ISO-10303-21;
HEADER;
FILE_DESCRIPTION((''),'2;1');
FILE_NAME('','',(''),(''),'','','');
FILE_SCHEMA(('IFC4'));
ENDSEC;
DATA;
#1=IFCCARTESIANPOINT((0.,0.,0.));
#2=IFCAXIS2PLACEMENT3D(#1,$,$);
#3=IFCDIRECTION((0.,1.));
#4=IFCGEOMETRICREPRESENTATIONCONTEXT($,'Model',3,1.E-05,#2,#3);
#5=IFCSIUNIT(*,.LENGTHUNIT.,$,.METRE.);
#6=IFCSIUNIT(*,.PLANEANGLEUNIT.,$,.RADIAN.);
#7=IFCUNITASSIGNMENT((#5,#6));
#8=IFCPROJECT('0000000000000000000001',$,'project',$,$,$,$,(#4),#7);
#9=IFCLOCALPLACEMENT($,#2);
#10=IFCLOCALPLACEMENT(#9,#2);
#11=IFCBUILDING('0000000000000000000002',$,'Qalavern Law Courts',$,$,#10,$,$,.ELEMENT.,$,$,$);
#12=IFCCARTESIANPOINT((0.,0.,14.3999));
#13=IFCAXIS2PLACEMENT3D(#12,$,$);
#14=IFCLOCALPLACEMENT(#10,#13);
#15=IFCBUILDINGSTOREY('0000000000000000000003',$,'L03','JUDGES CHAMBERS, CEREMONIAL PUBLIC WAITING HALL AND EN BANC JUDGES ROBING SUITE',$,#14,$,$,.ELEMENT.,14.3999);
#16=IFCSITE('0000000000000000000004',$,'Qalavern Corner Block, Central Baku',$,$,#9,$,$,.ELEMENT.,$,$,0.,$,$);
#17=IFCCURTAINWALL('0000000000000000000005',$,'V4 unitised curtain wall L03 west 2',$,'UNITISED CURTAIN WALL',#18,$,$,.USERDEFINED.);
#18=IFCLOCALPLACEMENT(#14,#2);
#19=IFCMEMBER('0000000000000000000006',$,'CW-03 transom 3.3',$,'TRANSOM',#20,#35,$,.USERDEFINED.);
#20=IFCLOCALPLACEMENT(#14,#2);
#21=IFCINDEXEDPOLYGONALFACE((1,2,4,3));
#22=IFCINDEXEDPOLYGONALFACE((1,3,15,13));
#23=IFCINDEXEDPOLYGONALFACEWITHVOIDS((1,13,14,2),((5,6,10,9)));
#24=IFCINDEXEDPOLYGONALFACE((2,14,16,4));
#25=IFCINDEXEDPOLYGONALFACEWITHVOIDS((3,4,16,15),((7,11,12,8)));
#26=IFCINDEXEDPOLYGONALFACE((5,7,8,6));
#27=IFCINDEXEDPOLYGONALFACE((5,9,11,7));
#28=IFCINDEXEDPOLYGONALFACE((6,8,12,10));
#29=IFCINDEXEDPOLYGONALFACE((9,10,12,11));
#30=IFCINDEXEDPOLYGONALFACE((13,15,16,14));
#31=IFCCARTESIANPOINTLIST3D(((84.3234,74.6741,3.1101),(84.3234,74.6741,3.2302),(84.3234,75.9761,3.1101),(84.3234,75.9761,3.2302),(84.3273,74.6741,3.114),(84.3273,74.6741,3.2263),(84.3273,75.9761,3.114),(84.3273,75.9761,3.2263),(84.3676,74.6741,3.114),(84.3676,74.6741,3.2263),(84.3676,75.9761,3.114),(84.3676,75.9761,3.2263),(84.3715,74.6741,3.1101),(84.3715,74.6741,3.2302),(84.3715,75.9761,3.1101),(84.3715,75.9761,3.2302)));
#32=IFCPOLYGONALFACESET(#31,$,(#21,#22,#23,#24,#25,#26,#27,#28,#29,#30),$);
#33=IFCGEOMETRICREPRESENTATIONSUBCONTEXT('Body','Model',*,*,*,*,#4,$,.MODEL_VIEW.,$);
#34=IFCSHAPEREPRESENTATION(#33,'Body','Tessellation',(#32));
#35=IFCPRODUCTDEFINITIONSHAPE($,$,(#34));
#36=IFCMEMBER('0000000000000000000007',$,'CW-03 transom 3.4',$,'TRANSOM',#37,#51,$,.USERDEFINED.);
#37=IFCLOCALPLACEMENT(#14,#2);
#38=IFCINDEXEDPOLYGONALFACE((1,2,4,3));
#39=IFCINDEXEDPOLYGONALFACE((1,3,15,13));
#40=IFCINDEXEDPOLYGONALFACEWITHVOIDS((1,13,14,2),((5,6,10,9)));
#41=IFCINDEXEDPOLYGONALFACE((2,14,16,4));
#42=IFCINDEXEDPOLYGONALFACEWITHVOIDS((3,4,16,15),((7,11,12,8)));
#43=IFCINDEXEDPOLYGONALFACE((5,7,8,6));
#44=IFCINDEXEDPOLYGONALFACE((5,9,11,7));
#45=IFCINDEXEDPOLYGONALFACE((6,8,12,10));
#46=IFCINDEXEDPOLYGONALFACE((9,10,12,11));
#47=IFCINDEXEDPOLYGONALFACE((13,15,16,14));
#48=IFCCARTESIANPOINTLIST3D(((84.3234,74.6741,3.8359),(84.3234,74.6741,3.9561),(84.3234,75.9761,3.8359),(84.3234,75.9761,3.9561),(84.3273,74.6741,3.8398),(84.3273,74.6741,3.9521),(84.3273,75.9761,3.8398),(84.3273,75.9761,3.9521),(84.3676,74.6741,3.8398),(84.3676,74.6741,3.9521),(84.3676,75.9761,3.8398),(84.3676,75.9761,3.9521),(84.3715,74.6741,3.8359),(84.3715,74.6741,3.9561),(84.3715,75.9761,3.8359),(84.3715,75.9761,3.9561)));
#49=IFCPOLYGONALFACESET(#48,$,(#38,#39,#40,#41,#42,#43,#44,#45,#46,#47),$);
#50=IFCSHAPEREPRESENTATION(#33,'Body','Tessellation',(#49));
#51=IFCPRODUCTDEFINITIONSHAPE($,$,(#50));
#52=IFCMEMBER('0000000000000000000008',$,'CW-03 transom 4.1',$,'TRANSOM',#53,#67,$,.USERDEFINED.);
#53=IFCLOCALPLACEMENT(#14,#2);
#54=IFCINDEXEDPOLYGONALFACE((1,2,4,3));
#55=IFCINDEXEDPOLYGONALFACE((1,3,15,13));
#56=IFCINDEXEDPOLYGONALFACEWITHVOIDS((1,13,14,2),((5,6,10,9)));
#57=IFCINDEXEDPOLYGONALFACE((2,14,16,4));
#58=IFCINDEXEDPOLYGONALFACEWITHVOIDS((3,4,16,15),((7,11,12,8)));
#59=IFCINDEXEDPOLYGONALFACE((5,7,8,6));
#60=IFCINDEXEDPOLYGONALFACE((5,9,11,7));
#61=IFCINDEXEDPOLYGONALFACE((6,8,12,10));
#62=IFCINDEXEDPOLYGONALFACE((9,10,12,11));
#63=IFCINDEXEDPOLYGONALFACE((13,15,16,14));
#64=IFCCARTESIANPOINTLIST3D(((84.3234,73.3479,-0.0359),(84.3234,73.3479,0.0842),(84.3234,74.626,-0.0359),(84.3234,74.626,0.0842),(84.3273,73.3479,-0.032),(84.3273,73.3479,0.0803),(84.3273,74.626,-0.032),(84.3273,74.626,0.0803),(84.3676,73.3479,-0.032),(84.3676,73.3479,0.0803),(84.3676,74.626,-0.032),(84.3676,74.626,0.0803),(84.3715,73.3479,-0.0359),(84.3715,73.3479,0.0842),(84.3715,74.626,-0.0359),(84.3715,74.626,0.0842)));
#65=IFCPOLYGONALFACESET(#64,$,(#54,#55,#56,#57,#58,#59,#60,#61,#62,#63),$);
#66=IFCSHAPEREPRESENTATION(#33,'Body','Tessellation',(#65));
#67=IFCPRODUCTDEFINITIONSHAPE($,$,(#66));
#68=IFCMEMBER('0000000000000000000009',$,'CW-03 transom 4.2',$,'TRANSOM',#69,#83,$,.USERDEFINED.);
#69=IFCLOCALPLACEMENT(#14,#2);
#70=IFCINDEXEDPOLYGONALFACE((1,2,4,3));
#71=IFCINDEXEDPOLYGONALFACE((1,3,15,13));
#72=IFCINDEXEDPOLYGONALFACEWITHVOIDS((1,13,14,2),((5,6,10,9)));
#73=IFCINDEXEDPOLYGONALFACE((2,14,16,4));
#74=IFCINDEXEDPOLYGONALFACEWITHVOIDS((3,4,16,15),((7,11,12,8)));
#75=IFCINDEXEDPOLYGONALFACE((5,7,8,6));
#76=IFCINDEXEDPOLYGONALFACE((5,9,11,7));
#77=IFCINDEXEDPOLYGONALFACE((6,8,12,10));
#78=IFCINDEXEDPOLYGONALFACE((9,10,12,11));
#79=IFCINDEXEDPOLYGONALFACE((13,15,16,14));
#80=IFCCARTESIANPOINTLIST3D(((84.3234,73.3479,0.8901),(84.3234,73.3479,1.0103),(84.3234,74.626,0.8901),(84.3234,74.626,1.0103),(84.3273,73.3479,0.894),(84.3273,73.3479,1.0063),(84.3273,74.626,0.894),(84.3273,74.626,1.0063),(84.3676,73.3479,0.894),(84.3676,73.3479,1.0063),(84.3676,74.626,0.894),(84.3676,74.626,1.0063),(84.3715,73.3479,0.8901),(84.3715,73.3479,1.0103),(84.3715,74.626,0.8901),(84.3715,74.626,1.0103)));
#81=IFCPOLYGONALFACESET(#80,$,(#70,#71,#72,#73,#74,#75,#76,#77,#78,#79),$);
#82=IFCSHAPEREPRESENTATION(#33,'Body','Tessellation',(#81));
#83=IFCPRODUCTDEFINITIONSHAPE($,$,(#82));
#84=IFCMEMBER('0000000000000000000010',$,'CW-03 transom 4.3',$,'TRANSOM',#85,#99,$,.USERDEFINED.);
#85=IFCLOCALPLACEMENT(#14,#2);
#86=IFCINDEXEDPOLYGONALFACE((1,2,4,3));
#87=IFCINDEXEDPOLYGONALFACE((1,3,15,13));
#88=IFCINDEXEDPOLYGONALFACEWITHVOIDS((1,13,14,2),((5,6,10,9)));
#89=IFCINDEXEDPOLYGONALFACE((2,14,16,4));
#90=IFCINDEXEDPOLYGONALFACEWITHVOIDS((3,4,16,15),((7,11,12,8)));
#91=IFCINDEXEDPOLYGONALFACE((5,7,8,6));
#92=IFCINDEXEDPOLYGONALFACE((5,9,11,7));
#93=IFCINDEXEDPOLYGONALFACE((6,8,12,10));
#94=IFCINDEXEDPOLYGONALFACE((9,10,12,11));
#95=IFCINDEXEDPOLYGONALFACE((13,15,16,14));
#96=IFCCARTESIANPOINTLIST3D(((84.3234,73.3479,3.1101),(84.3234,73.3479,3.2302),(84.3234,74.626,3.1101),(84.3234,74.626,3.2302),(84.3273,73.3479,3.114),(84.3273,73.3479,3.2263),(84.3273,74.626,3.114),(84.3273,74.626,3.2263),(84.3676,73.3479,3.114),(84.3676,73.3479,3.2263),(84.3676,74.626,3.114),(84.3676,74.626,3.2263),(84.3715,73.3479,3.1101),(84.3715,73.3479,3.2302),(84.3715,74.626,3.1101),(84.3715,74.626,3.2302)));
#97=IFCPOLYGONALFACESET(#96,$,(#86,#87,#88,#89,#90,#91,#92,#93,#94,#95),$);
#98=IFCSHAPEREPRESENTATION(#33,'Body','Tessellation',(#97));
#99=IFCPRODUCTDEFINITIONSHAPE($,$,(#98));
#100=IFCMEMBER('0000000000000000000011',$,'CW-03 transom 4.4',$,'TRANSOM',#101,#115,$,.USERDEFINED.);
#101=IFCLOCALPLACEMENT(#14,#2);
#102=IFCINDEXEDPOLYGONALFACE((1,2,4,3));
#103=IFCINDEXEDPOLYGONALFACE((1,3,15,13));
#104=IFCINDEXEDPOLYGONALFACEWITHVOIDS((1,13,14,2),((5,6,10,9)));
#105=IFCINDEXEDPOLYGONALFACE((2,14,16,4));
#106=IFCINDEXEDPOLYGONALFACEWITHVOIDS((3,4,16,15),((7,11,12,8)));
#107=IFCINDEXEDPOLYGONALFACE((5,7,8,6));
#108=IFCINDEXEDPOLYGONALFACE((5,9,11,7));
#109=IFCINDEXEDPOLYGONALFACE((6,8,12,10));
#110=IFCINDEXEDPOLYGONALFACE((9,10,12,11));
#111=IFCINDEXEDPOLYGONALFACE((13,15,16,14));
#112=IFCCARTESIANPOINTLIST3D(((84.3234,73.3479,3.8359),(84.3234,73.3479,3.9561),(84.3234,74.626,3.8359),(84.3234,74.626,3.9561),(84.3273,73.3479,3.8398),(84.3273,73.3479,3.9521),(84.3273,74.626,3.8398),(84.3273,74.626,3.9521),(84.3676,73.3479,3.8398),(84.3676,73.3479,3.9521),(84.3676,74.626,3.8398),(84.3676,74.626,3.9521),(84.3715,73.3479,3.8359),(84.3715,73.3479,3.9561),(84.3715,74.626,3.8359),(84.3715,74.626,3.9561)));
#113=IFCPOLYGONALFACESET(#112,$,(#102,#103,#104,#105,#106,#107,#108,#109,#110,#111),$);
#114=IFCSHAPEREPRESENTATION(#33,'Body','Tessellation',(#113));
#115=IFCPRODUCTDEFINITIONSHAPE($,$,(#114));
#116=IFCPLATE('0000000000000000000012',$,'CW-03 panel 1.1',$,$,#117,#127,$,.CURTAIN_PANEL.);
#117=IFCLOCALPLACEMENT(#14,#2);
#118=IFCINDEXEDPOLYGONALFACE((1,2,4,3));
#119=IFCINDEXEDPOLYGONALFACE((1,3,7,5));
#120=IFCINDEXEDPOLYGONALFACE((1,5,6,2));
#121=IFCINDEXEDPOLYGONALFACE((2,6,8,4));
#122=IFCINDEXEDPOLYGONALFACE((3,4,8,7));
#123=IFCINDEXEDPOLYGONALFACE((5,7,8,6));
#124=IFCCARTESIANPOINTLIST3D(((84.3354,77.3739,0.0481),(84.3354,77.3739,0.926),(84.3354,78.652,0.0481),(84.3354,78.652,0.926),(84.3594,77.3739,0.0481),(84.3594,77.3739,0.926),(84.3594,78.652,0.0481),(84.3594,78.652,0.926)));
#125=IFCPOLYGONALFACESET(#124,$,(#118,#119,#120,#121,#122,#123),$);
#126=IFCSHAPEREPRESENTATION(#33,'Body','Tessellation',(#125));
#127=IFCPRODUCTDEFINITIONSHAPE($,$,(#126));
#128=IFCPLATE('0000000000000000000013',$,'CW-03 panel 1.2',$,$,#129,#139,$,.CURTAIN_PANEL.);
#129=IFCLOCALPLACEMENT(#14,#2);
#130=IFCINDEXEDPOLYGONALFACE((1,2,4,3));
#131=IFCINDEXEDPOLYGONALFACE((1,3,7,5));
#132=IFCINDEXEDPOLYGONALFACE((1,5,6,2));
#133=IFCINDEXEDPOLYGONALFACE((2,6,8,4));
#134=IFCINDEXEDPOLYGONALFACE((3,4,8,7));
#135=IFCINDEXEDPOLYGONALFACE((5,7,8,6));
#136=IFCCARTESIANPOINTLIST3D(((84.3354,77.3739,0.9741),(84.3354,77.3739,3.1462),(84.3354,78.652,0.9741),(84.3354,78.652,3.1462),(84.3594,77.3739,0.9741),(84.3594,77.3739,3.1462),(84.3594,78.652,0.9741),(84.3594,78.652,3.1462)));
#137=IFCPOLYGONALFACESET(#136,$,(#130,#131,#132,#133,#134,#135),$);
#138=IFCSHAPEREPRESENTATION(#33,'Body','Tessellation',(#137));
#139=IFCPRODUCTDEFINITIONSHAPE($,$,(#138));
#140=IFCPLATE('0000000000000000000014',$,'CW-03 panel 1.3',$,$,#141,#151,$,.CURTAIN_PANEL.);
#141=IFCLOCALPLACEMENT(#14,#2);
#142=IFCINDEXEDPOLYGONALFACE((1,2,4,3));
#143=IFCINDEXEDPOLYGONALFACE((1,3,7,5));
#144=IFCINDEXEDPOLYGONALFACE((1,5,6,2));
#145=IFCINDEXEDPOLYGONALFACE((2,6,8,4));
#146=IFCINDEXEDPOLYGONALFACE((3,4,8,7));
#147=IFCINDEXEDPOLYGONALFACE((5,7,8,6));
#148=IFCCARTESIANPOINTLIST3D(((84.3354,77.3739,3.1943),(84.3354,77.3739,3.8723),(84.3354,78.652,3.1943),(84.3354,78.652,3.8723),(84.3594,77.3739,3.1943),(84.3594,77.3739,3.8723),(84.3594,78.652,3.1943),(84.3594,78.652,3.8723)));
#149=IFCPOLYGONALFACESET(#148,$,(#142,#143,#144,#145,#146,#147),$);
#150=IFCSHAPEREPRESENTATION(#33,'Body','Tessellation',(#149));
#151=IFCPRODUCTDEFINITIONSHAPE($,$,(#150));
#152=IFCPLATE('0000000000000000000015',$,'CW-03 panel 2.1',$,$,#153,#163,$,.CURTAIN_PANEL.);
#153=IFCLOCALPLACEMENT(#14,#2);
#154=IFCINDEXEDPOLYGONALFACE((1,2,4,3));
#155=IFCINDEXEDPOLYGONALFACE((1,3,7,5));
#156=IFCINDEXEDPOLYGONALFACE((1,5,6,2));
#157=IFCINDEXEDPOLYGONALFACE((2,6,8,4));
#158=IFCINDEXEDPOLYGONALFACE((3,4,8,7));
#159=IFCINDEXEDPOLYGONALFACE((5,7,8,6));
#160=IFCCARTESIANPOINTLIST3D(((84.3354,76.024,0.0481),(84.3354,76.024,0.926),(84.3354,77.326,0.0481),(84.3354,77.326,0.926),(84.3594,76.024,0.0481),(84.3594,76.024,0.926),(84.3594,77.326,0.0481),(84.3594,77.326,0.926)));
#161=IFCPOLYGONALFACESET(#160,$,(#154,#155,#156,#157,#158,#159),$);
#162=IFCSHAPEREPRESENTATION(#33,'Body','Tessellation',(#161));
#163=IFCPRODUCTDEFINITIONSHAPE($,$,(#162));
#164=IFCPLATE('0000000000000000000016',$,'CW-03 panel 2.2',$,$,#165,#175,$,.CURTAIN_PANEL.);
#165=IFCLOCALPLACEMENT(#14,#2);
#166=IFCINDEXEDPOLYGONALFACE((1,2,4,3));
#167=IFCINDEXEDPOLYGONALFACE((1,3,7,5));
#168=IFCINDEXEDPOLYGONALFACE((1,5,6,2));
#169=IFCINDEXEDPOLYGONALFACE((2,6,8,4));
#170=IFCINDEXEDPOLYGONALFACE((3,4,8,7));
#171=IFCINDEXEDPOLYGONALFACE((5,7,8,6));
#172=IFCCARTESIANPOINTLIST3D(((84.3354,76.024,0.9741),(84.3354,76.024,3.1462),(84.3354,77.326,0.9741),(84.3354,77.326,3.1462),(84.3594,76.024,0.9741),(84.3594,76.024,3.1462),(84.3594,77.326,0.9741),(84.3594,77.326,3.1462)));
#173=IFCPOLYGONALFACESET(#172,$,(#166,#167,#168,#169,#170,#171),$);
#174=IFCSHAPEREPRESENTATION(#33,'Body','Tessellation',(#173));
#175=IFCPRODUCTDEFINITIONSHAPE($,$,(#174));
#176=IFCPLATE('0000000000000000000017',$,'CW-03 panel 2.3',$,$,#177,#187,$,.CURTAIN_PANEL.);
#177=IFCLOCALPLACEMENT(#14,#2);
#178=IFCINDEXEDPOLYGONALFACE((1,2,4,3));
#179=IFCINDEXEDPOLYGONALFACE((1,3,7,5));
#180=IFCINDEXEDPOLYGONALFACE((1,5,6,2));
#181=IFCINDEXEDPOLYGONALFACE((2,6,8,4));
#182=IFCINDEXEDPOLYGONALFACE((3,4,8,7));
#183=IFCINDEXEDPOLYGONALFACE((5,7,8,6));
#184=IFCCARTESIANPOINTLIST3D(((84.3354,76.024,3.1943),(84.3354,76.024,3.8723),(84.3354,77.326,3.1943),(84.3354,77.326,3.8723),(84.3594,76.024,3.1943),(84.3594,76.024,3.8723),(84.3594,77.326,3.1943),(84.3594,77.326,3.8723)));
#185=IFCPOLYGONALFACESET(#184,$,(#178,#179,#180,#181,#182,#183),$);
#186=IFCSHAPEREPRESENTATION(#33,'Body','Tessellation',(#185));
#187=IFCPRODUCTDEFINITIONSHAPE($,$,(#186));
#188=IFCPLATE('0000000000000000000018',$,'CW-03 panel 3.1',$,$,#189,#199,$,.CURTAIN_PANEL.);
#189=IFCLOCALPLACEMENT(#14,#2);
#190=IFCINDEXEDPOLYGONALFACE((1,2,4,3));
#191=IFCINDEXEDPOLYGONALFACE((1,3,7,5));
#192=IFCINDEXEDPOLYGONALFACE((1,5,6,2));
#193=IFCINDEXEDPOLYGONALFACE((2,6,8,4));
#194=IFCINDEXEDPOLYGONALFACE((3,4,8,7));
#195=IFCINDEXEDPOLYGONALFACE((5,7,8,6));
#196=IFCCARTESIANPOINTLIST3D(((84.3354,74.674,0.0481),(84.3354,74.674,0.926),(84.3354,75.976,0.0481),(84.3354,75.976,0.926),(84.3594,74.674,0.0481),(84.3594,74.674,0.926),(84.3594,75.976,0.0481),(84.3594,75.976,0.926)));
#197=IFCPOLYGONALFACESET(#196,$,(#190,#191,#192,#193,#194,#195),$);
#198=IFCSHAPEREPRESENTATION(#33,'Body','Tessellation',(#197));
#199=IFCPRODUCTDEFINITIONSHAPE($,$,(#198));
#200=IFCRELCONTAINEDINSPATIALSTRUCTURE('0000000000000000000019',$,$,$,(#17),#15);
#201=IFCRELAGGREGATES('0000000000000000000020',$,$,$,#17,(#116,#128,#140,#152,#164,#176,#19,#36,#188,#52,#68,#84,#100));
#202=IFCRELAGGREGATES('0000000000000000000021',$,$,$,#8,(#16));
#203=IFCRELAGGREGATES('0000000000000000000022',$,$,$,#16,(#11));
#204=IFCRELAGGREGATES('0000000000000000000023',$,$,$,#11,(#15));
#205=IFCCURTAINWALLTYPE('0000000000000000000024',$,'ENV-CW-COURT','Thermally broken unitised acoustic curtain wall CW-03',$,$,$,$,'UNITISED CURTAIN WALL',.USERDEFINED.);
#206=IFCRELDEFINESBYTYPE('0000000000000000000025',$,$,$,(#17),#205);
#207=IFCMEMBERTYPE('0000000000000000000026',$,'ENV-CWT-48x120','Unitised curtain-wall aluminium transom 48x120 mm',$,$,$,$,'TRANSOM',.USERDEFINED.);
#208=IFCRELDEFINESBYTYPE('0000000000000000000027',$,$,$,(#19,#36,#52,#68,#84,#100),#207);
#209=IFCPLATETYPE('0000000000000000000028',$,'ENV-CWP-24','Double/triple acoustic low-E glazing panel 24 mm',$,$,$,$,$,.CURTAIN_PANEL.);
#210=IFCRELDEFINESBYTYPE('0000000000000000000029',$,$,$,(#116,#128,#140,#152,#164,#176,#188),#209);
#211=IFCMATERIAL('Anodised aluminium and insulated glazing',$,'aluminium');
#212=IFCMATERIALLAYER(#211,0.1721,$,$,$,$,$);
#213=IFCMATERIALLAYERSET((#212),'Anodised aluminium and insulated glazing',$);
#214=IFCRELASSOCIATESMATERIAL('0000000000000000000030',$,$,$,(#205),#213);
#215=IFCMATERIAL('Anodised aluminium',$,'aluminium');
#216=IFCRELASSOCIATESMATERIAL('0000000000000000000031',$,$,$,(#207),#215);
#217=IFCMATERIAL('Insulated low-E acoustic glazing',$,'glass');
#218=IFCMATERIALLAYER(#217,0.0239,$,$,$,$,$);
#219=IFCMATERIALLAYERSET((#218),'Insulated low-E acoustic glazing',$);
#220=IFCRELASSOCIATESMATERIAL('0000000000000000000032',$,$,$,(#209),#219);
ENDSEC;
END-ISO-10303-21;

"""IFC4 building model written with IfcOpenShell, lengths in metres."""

from ifc_helpers import new_model, si_unit, direction, frame, origin, origin_2d, place, context, subcontext, project, spatial, rectangle, hollow_rectangle, extrude, material, layer, layer_set, material_profile, profile_set, type_object, element, aggregate, save


model = new_model("IFC4")

# Units and contexts
model_context = context("Model", 3, precision=1e-05, world=origin(), true_north=direction((0.0, 1.0)))
body_context = subcontext(model_context, "Body", "Model", "MODEL_VIEW")
ifc_project = project(units=[si_unit("LENGTHUNIT", "METRE"), si_unit("PLANEANGLEUNIT", "RADIAN")], contexts=[model_context])

# Site, building, storey
site_placement = place(None, origin())
site = spatial("IfcSite", under=ifc_project, at=site_placement, Name="Qalavern Corner Block, Central Baku", CompositionType="ELEMENT", RefElevation=0.0)
building_placement = place(site_placement, origin())
building = spatial("IfcBuilding", under=site, at=building_placement, Name="Qalavern Law Courts", CompositionType="ELEMENT")
storey_placement = place(building_placement, frame((0.0, 0.0, 14.3999)))
storey = spatial("IfcBuildingStorey", under=building, at=storey_placement, Name="L03", Description="JUDGES CHAMBERS, CEREMONIAL PUBLIC WAITING HALL AND EN BANC JUDGES ROBING SUITE", CompositionType="ELEMENT", Elevation=14.3999)

# Curtain wall, members, plates
ifc_material_1 = material(Name="Anodised aluminium and insulated glazing", Category="aluminium")
ifc_layer_1 = layer(ifc_material_1, 0.1721)
ifc_layer_set_1 = layer_set([ifc_layer_1], Name="Anodised aluminium and insulated glazing")
curtain_wall_type = type_object("IfcCurtainWallType", Name="ENV-CW-COURT", Description="Thermally broken unitised acoustic curtain wall CW-03", ElementType="UNITISED CURTAIN WALL", PredefinedType="USERDEFINED", material=ifc_layer_set_1)
curtain_wall_placement = place(storey_placement, origin())
curtain_wall = element("IfcCurtainWall", 1, at=curtain_wall_placement, inside=storey, type_object=curtain_wall_type, Name="V4 unitised curtain wall L03 west 2", ObjectType="UNITISED CURTAIN WALL", PredefinedType="USERDEFINED")
ifc_material_2 = material(Name="Anodised aluminium", Category="aluminium")
ifc_material_profile_1 = material_profile(ifc_material_2, hollow_rectangle(XDim=0.0481, YDim=0.1201, WallThickness=0.0039, at=origin_2d()), Name="ALU TRANSOM 48x120")
ifc_profile_set_1 = profile_set([ifc_material_profile_1], Name="Anodised aluminium")
member_type_1 = type_object("IfcMemberType", Name="ENV-CWT-48x120", Description="Unitised curtain-wall aluminium transom 48x120 mm", ElementType="TRANSOM", PredefinedType="USERDEFINED", material=ifc_profile_set_1)
member_1_placement = place(storey_placement, frame((84.3474, 75.9761, 3.1702), z_axis=(0.0, -1.0, 0.0), x_axis=(1.0, 0.0, 0.0)))
member_1 = element("IfcMember", 2, at=member_1_placement, type_object=member_type_1, Name="CW-03 transom 3.3", ObjectType="TRANSOM", PredefinedType="USERDEFINED", context=body_context, shape_type="SweptSolid", body=[
    extrude(hollow_rectangle(XDim=0.0481, YDim=0.1201, WallThickness=0.0039, at=origin_2d()), origin(), (0.0, 0.0, 1.0), 1.302),
])
member_2_placement = place(storey_placement, frame((84.3474, 75.9761, 3.896), z_axis=(0.0, -1.0, 0.0), x_axis=(1.0, 0.0, 0.0)))
member_2 = element("IfcMember", 3, at=member_2_placement, type_object=member_type_1, Name="CW-03 transom 3.4", ObjectType="TRANSOM", PredefinedType="USERDEFINED", context=body_context, shape_type="SweptSolid", body=[
    extrude(hollow_rectangle(XDim=0.0481, YDim=0.1201, WallThickness=0.0039, at=origin_2d()), origin(), (0.0, 0.0, 1.0), 1.302),
])
member_3_placement = place(storey_placement, frame((84.3474, 74.626, 0.0242), z_axis=(0.0, -1.0, 0.0), x_axis=(1.0, 0.0, 0.0)))
member_3 = element("IfcMember", 4, at=member_3_placement, type_object=member_type_1, Name="CW-03 transom 4.1", ObjectType="TRANSOM", PredefinedType="USERDEFINED", context=body_context, shape_type="SweptSolid", body=[
    extrude(hollow_rectangle(XDim=0.0481, YDim=0.1201, WallThickness=0.0039, at=origin_2d()), origin(), (0.0, 0.0, 1.0), 1.2781),
])
member_4_placement = place(storey_placement, frame((84.3474, 74.626, 0.9502), z_axis=(0.0, -1.0, 0.0), x_axis=(1.0, 0.0, 0.0)))
member_4 = element("IfcMember", 5, at=member_4_placement, type_object=member_type_1, Name="CW-03 transom 4.2", ObjectType="TRANSOM", PredefinedType="USERDEFINED", context=body_context, shape_type="SweptSolid", body=[
    extrude(hollow_rectangle(XDim=0.0481, YDim=0.1201, WallThickness=0.0039, at=origin_2d()), origin(), (0.0, 0.0, 1.0), 1.2781),
])
member_5_placement = place(storey_placement, frame((84.3474, 74.626, 3.1702), z_axis=(0.0, -1.0, 0.0), x_axis=(1.0, 0.0, 0.0)))
member_5 = element("IfcMember", 6, at=member_5_placement, type_object=member_type_1, Name="CW-03 transom 4.3", ObjectType="TRANSOM", PredefinedType="USERDEFINED", context=body_context, shape_type="SweptSolid", body=[
    extrude(hollow_rectangle(XDim=0.0481, YDim=0.1201, WallThickness=0.0039, at=origin_2d()), origin(), (0.0, 0.0, 1.0), 1.2781),
])
member_6_placement = place(storey_placement, frame((84.3474, 74.626, 3.896), z_axis=(0.0, -1.0, 0.0), x_axis=(1.0, 0.0, 0.0)))
member_6 = element("IfcMember", 7, at=member_6_placement, type_object=member_type_1, Name="CW-03 transom 4.4", ObjectType="TRANSOM", PredefinedType="USERDEFINED", context=body_context, shape_type="SweptSolid", body=[
    extrude(hollow_rectangle(XDim=0.0481, YDim=0.1201, WallThickness=0.0039, at=origin_2d()), origin(), (0.0, 0.0, 1.0), 1.2781),
])
ifc_material_3 = material(Name="Insulated low-E acoustic glazing", Category="glass")
ifc_layer_2 = layer(ifc_material_3, 0.0239)
ifc_layer_set_2 = layer_set([ifc_layer_2], Name="Insulated low-E acoustic glazing")
plate_type = type_object("IfcPlateType", Name="ENV-CWP-24", Description="Double/triple acoustic low-E glazing panel 24 mm", PredefinedType="CURTAIN_PANEL", material=ifc_layer_set_2)
plate_1_placement = place(storey_placement, frame((84.3474, 78.0129, 0.0481), z_axis=(0.0, 0.0, 1.0), x_axis=(0.0, -1.0, 0.0)))
plate_1 = element("IfcPlate", 8, at=plate_1_placement, type_object=plate_type, Name="CW-03 panel 1.1", PredefinedType="CURTAIN_PANEL", context=body_context, shape_type="SweptSolid", body=[
    extrude(rectangle(XDim=1.2781, YDim=0.0239, at=origin_2d()), origin(), (0.0, 0.0, 1.0), 0.8779),
])
plate_2_placement = place(storey_placement, frame((84.3474, 78.0129, 0.9741), z_axis=(0.0, 0.0, 1.0), x_axis=(0.0, -1.0, 0.0)))
plate_2 = element("IfcPlate", 9, at=plate_2_placement, type_object=plate_type, Name="CW-03 panel 1.2", PredefinedType="CURTAIN_PANEL", context=body_context, shape_type="SweptSolid", body=[
    extrude(rectangle(XDim=1.2781, YDim=0.0239, at=origin_2d()), origin(), (0.0, 0.0, 1.0), 2.1721),
])
plate_3_placement = place(storey_placement, frame((84.3474, 78.0129, 3.1943), z_axis=(0.0, 0.0, 1.0), x_axis=(0.0, -1.0, 0.0)))
plate_3 = element("IfcPlate", 10, at=plate_3_placement, type_object=plate_type, Name="CW-03 panel 1.3", PredefinedType="CURTAIN_PANEL", context=body_context, shape_type="SweptSolid", body=[
    extrude(rectangle(XDim=1.2781, YDim=0.0239, at=origin_2d()), origin(), (0.0, 0.0, 1.0), 0.678),
])
plate_4_placement = place(storey_placement, frame((84.3474, 76.675, 0.0481), z_axis=(0.0, 0.0, 1.0), x_axis=(0.0, -1.0, 0.0)))
plate_4 = element("IfcPlate", 11, at=plate_4_placement, type_object=plate_type, Name="CW-03 panel 2.1", PredefinedType="CURTAIN_PANEL", context=body_context, shape_type="SweptSolid", body=[
    extrude(rectangle(XDim=1.302, YDim=0.0239, at=origin_2d()), origin(), (0.0, 0.0, 1.0), 0.8779),
])
plate_5_placement = place(storey_placement, frame((84.3474, 76.675, 0.9741), z_axis=(0.0, 0.0, 1.0), x_axis=(0.0, -1.0, 0.0)))
plate_5 = element("IfcPlate", 12, at=plate_5_placement, type_object=plate_type, Name="CW-03 panel 2.2", PredefinedType="CURTAIN_PANEL", context=body_context, shape_type="SweptSolid", body=[
    extrude(rectangle(XDim=1.302, YDim=0.0239, at=origin_2d()), origin(), (0.0, 0.0, 1.0), 2.1721),
])
plate_6_placement = place(storey_placement, frame((84.3474, 76.675, 3.1943), z_axis=(0.0, 0.0, 1.0), x_axis=(0.0, -1.0, 0.0)))
plate_6 = element("IfcPlate", 13, at=plate_6_placement, type_object=plate_type, Name="CW-03 panel 2.3", PredefinedType="CURTAIN_PANEL", context=body_context, shape_type="SweptSolid", body=[
    extrude(rectangle(XDim=1.302, YDim=0.0239, at=origin_2d()), origin(), (0.0, 0.0, 1.0), 0.678),
])
plate_7_placement = place(storey_placement, frame((84.3474, 75.325, 0.0481), z_axis=(0.0, 0.0, 1.0), x_axis=(0.0, -1.0, 0.0)))
plate_7 = element("IfcPlate", 14, at=plate_7_placement, type_object=plate_type, Name="CW-03 panel 3.1", PredefinedType="CURTAIN_PANEL", context=body_context, shape_type="SweptSolid", body=[
    extrude(rectangle(XDim=1.302, YDim=0.0239, at=origin_2d()), origin(), (0.0, 0.0, 1.0), 0.8779),
])
aggregate(curtain_wall, [plate_1, plate_2, plate_3, plate_4, plate_5, plate_6, member_1, member_2, plate_7, member_3, member_4, member_5, member_6])

save(model, "model.ifc")
